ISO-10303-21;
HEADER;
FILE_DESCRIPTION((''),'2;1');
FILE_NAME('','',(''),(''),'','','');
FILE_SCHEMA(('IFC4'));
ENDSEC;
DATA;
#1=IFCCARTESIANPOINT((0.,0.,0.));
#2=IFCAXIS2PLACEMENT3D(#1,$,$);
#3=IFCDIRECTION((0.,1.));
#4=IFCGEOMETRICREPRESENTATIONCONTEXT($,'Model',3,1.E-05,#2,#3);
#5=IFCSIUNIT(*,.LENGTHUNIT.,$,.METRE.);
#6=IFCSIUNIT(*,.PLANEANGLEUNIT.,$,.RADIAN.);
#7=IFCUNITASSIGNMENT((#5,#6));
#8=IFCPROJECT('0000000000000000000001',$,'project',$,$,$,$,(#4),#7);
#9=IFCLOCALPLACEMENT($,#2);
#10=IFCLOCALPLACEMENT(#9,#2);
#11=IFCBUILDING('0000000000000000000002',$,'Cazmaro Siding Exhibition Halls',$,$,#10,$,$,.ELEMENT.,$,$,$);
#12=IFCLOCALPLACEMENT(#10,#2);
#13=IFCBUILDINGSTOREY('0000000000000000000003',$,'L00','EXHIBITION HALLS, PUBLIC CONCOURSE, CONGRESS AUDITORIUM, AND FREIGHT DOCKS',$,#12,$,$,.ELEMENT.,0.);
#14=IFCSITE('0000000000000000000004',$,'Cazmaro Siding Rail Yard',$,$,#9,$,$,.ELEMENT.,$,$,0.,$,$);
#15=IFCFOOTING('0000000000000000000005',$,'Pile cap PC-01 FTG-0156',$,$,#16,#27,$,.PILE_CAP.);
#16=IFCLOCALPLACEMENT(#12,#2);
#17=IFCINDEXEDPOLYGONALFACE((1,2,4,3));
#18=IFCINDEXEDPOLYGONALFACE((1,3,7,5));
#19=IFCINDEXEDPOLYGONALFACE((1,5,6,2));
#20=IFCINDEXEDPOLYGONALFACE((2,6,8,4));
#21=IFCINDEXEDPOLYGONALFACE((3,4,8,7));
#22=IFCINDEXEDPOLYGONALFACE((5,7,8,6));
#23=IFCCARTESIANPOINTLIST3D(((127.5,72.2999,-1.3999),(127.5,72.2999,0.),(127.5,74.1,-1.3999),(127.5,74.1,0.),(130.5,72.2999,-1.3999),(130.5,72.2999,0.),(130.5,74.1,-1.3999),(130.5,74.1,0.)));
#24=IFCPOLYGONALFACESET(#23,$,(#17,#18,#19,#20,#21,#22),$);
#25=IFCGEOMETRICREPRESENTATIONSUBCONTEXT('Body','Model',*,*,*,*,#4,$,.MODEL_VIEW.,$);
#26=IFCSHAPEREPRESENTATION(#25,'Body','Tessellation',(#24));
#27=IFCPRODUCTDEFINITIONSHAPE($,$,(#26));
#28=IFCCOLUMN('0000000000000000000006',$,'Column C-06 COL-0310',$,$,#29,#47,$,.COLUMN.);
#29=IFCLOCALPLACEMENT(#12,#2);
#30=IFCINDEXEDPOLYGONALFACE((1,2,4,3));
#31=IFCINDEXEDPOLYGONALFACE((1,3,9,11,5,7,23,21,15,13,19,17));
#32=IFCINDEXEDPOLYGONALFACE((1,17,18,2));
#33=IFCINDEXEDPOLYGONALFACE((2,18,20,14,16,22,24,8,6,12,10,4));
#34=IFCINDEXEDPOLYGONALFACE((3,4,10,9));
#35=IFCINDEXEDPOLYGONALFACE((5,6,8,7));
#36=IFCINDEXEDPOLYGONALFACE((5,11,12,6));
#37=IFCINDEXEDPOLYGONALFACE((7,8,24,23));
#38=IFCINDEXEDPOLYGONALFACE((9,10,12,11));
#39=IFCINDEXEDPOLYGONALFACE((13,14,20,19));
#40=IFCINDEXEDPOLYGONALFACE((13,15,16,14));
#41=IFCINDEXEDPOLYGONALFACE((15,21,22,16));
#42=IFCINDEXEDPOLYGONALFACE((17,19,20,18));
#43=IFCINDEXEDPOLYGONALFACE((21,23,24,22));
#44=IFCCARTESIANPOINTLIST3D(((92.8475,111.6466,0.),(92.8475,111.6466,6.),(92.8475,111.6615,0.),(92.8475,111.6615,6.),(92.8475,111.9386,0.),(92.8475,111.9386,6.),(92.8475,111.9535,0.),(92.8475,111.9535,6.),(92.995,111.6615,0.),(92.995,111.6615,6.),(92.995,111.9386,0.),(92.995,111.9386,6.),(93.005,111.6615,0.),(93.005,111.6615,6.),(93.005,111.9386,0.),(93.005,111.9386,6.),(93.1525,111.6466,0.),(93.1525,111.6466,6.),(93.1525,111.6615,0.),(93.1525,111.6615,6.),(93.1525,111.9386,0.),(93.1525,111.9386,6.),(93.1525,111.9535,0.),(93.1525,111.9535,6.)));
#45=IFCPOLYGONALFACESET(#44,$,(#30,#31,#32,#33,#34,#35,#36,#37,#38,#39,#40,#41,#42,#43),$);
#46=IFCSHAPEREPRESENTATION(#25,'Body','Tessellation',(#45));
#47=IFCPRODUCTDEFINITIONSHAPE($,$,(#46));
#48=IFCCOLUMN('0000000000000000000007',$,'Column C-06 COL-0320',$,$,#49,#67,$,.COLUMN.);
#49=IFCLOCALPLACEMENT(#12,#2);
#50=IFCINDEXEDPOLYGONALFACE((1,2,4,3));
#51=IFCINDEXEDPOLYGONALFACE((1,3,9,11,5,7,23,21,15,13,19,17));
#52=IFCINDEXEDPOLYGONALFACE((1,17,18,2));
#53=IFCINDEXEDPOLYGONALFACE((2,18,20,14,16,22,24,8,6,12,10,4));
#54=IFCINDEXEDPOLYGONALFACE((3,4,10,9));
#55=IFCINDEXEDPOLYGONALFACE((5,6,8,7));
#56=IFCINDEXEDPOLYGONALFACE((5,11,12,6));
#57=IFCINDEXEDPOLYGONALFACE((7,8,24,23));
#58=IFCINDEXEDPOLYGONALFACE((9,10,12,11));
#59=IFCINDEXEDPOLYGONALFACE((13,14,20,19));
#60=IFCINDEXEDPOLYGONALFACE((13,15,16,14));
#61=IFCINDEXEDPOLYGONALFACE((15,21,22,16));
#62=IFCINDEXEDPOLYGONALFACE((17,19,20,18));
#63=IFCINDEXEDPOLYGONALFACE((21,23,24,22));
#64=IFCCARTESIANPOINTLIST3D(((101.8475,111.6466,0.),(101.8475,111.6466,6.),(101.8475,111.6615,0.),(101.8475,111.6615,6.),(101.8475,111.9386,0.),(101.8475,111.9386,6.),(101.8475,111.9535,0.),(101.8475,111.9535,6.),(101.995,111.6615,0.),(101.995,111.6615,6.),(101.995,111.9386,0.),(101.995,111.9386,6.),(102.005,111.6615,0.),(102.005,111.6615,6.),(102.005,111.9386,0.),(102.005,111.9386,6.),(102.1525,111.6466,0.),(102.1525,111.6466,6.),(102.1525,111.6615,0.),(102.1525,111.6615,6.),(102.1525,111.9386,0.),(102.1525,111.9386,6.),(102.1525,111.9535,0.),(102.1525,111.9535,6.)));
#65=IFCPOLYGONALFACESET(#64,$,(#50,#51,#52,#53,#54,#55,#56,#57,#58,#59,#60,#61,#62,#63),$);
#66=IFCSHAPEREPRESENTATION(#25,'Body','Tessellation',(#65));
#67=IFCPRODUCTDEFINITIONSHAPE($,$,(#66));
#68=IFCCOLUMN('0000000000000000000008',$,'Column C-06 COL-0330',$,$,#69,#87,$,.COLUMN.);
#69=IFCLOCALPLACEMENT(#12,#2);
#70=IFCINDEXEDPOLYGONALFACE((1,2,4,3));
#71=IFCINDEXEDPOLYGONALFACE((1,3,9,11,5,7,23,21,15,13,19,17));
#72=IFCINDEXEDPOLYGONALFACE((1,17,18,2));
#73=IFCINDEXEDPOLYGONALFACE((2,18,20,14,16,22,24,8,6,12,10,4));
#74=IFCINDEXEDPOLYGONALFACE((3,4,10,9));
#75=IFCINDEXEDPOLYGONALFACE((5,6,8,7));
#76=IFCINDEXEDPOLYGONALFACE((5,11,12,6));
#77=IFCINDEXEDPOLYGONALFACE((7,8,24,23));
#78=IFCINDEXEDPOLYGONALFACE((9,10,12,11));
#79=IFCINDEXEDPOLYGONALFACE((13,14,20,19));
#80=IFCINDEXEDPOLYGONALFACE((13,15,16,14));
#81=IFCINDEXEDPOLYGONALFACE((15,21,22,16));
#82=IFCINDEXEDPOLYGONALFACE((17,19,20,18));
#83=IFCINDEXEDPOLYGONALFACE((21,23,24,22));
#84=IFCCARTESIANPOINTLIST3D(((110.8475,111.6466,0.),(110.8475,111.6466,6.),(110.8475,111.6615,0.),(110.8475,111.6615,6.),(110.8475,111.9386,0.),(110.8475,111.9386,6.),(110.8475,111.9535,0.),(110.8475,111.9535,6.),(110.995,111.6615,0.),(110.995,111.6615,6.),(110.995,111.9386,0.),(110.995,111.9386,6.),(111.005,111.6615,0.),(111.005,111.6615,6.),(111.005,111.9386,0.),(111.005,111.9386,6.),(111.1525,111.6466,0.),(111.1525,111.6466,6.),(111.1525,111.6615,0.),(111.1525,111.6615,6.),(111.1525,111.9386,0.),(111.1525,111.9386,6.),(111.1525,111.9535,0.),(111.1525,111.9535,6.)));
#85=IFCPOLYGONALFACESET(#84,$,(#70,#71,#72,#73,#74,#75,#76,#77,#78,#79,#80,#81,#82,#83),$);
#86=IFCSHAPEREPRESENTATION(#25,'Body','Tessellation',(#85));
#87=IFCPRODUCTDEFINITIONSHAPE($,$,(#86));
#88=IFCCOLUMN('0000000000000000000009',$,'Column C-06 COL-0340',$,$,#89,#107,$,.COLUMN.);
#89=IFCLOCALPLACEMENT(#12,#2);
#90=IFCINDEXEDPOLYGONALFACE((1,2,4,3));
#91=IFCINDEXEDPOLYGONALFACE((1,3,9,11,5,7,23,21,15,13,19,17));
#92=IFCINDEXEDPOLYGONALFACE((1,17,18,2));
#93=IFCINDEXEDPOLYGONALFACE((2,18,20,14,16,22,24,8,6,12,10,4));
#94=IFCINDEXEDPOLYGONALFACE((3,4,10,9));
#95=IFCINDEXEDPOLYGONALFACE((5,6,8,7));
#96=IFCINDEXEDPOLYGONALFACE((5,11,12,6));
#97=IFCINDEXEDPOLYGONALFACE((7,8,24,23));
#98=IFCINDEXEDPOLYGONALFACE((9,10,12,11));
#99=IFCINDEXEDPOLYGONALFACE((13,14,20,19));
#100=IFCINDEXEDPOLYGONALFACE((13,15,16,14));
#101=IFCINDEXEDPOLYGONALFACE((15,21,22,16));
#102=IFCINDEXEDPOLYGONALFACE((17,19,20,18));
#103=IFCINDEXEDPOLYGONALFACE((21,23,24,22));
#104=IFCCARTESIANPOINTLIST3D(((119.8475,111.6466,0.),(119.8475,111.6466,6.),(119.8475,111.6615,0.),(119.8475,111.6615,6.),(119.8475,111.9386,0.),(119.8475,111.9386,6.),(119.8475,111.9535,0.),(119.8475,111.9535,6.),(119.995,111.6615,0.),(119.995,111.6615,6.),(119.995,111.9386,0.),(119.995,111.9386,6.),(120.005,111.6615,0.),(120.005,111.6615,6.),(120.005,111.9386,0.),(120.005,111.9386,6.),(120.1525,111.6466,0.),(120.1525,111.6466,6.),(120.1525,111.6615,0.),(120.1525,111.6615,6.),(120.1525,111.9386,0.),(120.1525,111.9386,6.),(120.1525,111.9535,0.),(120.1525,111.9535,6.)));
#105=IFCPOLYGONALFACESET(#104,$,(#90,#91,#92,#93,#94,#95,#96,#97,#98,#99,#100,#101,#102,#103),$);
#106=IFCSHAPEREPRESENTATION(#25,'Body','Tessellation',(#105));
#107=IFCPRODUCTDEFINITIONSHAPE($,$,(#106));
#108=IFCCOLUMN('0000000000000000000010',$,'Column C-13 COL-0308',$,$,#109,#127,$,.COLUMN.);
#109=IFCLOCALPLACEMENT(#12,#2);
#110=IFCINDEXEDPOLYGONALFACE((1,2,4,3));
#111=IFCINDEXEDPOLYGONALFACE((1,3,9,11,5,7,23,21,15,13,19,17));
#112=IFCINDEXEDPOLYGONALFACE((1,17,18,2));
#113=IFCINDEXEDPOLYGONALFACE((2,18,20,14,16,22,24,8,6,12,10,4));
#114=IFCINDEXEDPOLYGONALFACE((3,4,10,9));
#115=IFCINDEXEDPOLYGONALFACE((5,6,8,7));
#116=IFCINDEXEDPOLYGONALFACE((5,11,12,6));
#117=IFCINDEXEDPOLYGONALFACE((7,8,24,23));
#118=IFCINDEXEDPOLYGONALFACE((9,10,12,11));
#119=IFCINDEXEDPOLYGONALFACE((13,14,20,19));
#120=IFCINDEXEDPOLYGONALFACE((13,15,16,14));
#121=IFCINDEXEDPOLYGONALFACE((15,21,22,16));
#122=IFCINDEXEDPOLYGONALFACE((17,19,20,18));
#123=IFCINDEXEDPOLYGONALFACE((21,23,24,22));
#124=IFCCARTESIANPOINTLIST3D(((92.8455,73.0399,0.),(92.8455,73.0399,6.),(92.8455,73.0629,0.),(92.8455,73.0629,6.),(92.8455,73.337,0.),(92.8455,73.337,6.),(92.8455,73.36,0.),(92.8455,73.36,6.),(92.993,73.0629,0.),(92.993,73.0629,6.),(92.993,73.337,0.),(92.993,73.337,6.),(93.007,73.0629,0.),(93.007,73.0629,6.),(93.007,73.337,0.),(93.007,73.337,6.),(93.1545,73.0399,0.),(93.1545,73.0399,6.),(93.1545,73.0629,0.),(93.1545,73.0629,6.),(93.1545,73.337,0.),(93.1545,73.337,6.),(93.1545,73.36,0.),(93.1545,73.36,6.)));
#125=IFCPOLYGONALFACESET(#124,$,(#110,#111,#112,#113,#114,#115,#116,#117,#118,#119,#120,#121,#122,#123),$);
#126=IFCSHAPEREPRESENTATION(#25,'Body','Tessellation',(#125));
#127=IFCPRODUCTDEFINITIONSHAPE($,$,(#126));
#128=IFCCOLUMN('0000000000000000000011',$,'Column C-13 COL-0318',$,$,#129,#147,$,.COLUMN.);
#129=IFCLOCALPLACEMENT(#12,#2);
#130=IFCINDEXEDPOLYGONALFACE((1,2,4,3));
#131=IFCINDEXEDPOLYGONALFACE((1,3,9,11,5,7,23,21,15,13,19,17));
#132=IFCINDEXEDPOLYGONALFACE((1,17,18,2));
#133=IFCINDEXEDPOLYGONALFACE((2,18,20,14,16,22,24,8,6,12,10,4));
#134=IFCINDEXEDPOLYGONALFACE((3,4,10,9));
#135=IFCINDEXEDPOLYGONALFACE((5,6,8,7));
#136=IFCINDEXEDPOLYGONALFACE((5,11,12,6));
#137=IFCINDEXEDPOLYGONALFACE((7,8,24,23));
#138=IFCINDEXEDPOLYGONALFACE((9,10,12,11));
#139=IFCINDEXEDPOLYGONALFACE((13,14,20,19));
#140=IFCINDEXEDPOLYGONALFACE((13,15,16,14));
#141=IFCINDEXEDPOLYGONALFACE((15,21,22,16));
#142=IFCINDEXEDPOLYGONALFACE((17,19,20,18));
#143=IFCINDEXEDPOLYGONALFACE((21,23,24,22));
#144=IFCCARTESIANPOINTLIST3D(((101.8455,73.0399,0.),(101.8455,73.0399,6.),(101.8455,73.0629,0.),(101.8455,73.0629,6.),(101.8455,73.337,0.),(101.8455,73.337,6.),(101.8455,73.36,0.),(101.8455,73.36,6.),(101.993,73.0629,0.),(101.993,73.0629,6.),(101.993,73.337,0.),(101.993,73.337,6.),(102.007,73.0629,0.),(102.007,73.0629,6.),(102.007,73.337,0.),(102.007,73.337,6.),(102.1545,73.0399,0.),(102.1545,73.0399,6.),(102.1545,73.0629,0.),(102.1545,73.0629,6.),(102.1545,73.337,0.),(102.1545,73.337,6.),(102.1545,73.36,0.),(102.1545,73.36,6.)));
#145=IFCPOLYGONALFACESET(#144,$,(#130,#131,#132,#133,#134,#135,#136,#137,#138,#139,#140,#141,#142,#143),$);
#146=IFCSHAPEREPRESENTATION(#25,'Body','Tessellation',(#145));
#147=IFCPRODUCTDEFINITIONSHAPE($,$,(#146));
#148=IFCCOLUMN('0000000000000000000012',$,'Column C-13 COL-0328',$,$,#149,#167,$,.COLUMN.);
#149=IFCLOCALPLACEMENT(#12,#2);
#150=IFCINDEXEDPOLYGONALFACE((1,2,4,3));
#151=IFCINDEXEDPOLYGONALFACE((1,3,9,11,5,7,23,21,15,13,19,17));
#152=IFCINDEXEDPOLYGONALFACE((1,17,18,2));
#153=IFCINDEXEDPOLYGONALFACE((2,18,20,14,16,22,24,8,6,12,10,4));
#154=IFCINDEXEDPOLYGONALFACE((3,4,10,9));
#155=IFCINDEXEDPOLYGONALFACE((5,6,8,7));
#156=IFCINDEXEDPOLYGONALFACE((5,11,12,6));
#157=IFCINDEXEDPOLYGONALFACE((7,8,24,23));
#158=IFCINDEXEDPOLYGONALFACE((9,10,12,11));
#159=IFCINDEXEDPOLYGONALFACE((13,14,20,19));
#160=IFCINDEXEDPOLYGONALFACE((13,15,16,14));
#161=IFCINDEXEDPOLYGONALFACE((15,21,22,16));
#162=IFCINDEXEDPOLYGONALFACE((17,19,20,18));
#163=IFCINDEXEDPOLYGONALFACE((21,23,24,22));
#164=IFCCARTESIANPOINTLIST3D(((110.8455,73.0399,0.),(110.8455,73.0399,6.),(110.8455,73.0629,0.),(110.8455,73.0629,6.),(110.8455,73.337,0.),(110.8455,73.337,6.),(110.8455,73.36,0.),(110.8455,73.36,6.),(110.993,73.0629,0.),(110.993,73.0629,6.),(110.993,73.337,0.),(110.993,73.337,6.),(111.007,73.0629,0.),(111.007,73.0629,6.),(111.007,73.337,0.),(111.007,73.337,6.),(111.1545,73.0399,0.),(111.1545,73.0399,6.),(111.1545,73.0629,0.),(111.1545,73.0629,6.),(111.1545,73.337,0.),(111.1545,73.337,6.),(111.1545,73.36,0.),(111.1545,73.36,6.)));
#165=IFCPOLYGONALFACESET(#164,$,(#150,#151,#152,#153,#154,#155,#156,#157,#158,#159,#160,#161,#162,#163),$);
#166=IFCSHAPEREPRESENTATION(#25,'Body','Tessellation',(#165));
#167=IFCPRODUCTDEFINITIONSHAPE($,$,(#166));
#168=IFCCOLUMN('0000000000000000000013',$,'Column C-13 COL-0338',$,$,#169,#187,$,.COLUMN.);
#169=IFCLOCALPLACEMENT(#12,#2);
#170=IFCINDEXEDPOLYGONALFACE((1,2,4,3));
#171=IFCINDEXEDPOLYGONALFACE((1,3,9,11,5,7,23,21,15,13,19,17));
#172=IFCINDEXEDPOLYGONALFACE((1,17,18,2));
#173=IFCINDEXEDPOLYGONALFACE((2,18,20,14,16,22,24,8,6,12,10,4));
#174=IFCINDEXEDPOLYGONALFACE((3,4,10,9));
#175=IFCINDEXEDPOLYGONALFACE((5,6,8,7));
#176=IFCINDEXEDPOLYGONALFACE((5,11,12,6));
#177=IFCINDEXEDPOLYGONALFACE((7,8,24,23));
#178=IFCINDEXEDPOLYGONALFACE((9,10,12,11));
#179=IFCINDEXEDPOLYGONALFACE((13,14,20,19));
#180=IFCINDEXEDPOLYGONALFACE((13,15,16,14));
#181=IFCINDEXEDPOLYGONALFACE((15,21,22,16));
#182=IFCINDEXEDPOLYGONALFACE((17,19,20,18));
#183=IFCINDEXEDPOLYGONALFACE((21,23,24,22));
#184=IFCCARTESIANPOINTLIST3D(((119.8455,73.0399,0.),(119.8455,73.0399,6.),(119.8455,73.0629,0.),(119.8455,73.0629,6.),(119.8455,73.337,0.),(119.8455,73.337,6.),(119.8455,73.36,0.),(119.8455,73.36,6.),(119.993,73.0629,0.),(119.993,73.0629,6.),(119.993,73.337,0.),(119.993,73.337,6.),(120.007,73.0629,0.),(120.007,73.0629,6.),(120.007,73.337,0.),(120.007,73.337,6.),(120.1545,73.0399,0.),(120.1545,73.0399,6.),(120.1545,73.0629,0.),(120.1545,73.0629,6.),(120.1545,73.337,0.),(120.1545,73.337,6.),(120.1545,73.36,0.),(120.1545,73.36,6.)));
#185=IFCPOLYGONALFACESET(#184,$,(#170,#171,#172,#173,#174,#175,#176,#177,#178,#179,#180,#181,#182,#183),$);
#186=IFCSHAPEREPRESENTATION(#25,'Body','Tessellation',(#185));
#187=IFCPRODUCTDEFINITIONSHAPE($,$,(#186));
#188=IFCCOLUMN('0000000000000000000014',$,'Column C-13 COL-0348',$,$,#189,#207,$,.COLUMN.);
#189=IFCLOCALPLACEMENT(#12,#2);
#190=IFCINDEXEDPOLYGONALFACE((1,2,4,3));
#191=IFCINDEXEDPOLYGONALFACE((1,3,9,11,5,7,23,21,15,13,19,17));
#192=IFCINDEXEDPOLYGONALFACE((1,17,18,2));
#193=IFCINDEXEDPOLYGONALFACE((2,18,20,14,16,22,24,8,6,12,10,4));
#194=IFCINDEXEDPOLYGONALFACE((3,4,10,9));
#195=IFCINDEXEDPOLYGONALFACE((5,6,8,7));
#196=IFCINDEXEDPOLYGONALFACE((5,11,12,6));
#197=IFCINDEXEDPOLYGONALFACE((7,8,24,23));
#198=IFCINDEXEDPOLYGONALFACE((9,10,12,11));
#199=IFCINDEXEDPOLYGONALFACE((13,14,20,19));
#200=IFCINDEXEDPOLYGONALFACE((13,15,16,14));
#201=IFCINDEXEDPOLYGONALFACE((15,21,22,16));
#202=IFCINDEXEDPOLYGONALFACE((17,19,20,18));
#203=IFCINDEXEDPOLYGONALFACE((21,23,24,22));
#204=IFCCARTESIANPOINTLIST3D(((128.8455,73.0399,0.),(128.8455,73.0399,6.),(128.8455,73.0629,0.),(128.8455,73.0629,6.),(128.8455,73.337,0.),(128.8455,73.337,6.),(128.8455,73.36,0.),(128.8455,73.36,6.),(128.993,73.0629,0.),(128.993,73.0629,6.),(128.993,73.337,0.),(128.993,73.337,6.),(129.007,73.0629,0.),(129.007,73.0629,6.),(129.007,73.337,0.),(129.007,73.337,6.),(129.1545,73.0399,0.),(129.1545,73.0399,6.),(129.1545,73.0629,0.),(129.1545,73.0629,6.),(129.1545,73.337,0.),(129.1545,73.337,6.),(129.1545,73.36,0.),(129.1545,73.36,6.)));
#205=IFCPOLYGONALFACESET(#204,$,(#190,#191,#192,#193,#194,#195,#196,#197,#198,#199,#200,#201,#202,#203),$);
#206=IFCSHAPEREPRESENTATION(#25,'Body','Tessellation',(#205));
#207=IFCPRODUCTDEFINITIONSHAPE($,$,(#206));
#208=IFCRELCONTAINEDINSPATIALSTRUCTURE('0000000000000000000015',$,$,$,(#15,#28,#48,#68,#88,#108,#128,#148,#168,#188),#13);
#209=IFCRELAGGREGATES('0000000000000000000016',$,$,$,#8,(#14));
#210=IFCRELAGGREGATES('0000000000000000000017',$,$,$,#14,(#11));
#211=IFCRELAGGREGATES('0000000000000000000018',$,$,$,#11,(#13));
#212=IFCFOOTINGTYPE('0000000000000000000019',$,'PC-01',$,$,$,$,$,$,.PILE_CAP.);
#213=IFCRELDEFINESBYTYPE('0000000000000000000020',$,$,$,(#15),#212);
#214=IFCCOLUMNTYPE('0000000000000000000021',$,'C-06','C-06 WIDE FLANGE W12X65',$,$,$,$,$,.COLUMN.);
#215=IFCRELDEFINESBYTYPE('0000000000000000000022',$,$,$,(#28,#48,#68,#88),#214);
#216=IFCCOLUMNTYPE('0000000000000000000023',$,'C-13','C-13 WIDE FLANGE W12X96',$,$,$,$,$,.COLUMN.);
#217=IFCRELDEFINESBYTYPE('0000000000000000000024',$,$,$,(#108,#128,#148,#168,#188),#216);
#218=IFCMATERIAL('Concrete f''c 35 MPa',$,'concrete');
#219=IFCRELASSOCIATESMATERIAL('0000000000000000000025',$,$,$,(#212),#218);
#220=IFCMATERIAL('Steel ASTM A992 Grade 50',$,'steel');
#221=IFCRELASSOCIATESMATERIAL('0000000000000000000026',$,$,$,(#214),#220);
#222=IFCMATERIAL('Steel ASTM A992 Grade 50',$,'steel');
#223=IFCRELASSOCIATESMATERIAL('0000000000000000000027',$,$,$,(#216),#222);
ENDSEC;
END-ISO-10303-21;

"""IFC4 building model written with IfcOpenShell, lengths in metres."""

from ifc_helpers import new_model, si_unit, direction, frame, origin, origin_2d, place, context, subcontext, project, spatial, rectangle, i_section, extrude, material, material_profile, profile_set, type_object, element, save


model = new_model("IFC4")

# Units and contexts
model_context = context("Model", 3, precision=1e-05, world=origin(), true_north=direction((0.0, 1.0)))
body_context = subcontext(model_context, "Body", "Model", "MODEL_VIEW")
ifc_project = project(units=[si_unit("LENGTHUNIT", "METRE"), si_unit("PLANEANGLEUNIT", "RADIAN")], contexts=[model_context])

# Site, building, storey
site_placement = place(None, origin())
site = spatial("IfcSite", under=ifc_project, at=site_placement, Name="Cazmaro Siding Rail Yard", CompositionType="ELEMENT", RefElevation=0.0)
building_placement = place(site_placement, origin())
building = spatial("IfcBuilding", under=site, at=building_placement, Name="Cazmaro Siding Exhibition Halls", CompositionType="ELEMENT")
storey_placement = place(building_placement, origin())
storey = spatial("IfcBuildingStorey", under=building, at=storey_placement, Name="L00", Description="EXHIBITION HALLS, PUBLIC CONCOURSE, CONGRESS AUDITORIUM, AND FREIGHT DOCKS", CompositionType="ELEMENT", Elevation=0.0)

# Footing
ifc_material_1 = material(Name="Concrete f'c 35 MPa", Category="concrete")
footing_type = type_object("IfcFootingType", Name="PC-01", PredefinedType="PILE_CAP", material=ifc_material_1)
for number, where, z_axis, x_axis, name in (
    (1, (129.0, 73.2, -1.3999), (0.0, 0.0, 1.0), (1.0, 0.0, 0.0), "Pile cap PC-01 FTG-0156"),
):
    element("IfcFooting", number, at=place(storey_placement, frame(where, z_axis=z_axis, x_axis=x_axis)), inside=storey, type_object=footing_type, Name=name, PredefinedType="PILE_CAP", context=body_context, shape_type="SweptSolid", body=[
        extrude(rectangle(XDim=3.0, YDim=1.8, at=origin_2d()), origin(), (0.0, 0.0, 1.0), 1.3999),
    ])

# Columns
ifc_material_2 = material(Name="Steel ASTM A992 Grade 50", Category="steel")
ifc_material_profile_1 = material_profile(ifc_material_2, i_section(OverallWidth=0.3049, OverallDepth=0.3069, WebThickness=0.01, FlangeThickness=0.0149, at=origin_2d()), Name="W12X65")
ifc_profile_set_1 = profile_set([ifc_material_profile_1], Name="Steel ASTM A992 Grade 50")
column_type_1 = type_object("IfcColumnType", Name="C-06", Description="C-06 WIDE FLANGE W12X65", PredefinedType="COLUMN", material=ifc_profile_set_1)
for number, where, z_axis, x_axis, name in (
    (2, (93.0, 111.8, 0.0), (0.0, 0.0, 1.0), (1.0, 0.0, 0.0), "Column C-06 COL-0310"),
    (3, (102.0, 111.8, 0.0), (0.0, 0.0, 1.0), (1.0, 0.0, 0.0), "Column C-06 COL-0320"),
    (4, (111.0, 111.8, 0.0), (0.0, 0.0, 1.0), (1.0, 0.0, 0.0), "Column C-06 COL-0330"),
    (5, (120.0, 111.8, 0.0), (0.0, 0.0, 1.0), (1.0, 0.0, 0.0), "Column C-06 COL-0340"),
):
    element("IfcColumn", number, at=place(storey_placement, frame(where, z_axis=z_axis, x_axis=x_axis)), inside=storey, type_object=column_type_1, Name=name, PredefinedType="COLUMN", context=body_context, shape_type="SweptSolid", body=[
        extrude(i_section(OverallWidth=0.3049, OverallDepth=0.3069, WebThickness=0.01, FlangeThickness=0.0149, at=origin_2d()), origin(), (0.0, 0.0, 1.0), 6.0),
    ])
ifc_material_3 = material(Name="Steel ASTM A992 Grade 50", Category="steel")
ifc_material_profile_2 = material_profile(ifc_material_3, i_section(OverallWidth=0.3091, OverallDepth=0.3201, WebThickness=0.0139, FlangeThickness=0.0229, at=origin_2d()), Name="W12X96")
ifc_profile_set_2 = profile_set([ifc_material_profile_2], Name="Steel ASTM A992 Grade 50")
column_type_2 = type_object("IfcColumnType", Name="C-13", Description="C-13 WIDE FLANGE W12X96", PredefinedType="COLUMN", material=ifc_profile_set_2)
for number, where, z_axis, x_axis, name in (
    (6, (93.0, 73.2, 0.0), (0.0, 0.0, 1.0), (1.0, 0.0, 0.0), "Column C-13 COL-0308"),
    (7, (102.0, 73.2, 0.0), (0.0, 0.0, 1.0), (1.0, 0.0, 0.0), "Column C-13 COL-0318"),
    (8, (111.0, 73.2, 0.0), (0.0, 0.0, 1.0), (1.0, 0.0, 0.0), "Column C-13 COL-0328"),
    (9, (120.0, 73.2, 0.0), (0.0, 0.0, 1.0), (1.0, 0.0, 0.0), "Column C-13 COL-0338"),
    (10, (129.0, 73.2, 0.0), (0.0, 0.0, 1.0), (1.0, 0.0, 0.0), "Column C-13 COL-0348"),
):
    element("IfcColumn", number, at=place(storey_placement, frame(where, z_axis=z_axis, x_axis=x_axis)), inside=storey, type_object=column_type_2, Name=name, PredefinedType="COLUMN", context=body_context, shape_type="SweptSolid", body=[
        extrude(i_section(OverallWidth=0.3091, OverallDepth=0.3201, WebThickness=0.0139, FlangeThickness=0.0229, at=origin_2d()), origin(), (0.0, 0.0, 1.0), 6.0),
    ])

save(model, "model.ifc")
